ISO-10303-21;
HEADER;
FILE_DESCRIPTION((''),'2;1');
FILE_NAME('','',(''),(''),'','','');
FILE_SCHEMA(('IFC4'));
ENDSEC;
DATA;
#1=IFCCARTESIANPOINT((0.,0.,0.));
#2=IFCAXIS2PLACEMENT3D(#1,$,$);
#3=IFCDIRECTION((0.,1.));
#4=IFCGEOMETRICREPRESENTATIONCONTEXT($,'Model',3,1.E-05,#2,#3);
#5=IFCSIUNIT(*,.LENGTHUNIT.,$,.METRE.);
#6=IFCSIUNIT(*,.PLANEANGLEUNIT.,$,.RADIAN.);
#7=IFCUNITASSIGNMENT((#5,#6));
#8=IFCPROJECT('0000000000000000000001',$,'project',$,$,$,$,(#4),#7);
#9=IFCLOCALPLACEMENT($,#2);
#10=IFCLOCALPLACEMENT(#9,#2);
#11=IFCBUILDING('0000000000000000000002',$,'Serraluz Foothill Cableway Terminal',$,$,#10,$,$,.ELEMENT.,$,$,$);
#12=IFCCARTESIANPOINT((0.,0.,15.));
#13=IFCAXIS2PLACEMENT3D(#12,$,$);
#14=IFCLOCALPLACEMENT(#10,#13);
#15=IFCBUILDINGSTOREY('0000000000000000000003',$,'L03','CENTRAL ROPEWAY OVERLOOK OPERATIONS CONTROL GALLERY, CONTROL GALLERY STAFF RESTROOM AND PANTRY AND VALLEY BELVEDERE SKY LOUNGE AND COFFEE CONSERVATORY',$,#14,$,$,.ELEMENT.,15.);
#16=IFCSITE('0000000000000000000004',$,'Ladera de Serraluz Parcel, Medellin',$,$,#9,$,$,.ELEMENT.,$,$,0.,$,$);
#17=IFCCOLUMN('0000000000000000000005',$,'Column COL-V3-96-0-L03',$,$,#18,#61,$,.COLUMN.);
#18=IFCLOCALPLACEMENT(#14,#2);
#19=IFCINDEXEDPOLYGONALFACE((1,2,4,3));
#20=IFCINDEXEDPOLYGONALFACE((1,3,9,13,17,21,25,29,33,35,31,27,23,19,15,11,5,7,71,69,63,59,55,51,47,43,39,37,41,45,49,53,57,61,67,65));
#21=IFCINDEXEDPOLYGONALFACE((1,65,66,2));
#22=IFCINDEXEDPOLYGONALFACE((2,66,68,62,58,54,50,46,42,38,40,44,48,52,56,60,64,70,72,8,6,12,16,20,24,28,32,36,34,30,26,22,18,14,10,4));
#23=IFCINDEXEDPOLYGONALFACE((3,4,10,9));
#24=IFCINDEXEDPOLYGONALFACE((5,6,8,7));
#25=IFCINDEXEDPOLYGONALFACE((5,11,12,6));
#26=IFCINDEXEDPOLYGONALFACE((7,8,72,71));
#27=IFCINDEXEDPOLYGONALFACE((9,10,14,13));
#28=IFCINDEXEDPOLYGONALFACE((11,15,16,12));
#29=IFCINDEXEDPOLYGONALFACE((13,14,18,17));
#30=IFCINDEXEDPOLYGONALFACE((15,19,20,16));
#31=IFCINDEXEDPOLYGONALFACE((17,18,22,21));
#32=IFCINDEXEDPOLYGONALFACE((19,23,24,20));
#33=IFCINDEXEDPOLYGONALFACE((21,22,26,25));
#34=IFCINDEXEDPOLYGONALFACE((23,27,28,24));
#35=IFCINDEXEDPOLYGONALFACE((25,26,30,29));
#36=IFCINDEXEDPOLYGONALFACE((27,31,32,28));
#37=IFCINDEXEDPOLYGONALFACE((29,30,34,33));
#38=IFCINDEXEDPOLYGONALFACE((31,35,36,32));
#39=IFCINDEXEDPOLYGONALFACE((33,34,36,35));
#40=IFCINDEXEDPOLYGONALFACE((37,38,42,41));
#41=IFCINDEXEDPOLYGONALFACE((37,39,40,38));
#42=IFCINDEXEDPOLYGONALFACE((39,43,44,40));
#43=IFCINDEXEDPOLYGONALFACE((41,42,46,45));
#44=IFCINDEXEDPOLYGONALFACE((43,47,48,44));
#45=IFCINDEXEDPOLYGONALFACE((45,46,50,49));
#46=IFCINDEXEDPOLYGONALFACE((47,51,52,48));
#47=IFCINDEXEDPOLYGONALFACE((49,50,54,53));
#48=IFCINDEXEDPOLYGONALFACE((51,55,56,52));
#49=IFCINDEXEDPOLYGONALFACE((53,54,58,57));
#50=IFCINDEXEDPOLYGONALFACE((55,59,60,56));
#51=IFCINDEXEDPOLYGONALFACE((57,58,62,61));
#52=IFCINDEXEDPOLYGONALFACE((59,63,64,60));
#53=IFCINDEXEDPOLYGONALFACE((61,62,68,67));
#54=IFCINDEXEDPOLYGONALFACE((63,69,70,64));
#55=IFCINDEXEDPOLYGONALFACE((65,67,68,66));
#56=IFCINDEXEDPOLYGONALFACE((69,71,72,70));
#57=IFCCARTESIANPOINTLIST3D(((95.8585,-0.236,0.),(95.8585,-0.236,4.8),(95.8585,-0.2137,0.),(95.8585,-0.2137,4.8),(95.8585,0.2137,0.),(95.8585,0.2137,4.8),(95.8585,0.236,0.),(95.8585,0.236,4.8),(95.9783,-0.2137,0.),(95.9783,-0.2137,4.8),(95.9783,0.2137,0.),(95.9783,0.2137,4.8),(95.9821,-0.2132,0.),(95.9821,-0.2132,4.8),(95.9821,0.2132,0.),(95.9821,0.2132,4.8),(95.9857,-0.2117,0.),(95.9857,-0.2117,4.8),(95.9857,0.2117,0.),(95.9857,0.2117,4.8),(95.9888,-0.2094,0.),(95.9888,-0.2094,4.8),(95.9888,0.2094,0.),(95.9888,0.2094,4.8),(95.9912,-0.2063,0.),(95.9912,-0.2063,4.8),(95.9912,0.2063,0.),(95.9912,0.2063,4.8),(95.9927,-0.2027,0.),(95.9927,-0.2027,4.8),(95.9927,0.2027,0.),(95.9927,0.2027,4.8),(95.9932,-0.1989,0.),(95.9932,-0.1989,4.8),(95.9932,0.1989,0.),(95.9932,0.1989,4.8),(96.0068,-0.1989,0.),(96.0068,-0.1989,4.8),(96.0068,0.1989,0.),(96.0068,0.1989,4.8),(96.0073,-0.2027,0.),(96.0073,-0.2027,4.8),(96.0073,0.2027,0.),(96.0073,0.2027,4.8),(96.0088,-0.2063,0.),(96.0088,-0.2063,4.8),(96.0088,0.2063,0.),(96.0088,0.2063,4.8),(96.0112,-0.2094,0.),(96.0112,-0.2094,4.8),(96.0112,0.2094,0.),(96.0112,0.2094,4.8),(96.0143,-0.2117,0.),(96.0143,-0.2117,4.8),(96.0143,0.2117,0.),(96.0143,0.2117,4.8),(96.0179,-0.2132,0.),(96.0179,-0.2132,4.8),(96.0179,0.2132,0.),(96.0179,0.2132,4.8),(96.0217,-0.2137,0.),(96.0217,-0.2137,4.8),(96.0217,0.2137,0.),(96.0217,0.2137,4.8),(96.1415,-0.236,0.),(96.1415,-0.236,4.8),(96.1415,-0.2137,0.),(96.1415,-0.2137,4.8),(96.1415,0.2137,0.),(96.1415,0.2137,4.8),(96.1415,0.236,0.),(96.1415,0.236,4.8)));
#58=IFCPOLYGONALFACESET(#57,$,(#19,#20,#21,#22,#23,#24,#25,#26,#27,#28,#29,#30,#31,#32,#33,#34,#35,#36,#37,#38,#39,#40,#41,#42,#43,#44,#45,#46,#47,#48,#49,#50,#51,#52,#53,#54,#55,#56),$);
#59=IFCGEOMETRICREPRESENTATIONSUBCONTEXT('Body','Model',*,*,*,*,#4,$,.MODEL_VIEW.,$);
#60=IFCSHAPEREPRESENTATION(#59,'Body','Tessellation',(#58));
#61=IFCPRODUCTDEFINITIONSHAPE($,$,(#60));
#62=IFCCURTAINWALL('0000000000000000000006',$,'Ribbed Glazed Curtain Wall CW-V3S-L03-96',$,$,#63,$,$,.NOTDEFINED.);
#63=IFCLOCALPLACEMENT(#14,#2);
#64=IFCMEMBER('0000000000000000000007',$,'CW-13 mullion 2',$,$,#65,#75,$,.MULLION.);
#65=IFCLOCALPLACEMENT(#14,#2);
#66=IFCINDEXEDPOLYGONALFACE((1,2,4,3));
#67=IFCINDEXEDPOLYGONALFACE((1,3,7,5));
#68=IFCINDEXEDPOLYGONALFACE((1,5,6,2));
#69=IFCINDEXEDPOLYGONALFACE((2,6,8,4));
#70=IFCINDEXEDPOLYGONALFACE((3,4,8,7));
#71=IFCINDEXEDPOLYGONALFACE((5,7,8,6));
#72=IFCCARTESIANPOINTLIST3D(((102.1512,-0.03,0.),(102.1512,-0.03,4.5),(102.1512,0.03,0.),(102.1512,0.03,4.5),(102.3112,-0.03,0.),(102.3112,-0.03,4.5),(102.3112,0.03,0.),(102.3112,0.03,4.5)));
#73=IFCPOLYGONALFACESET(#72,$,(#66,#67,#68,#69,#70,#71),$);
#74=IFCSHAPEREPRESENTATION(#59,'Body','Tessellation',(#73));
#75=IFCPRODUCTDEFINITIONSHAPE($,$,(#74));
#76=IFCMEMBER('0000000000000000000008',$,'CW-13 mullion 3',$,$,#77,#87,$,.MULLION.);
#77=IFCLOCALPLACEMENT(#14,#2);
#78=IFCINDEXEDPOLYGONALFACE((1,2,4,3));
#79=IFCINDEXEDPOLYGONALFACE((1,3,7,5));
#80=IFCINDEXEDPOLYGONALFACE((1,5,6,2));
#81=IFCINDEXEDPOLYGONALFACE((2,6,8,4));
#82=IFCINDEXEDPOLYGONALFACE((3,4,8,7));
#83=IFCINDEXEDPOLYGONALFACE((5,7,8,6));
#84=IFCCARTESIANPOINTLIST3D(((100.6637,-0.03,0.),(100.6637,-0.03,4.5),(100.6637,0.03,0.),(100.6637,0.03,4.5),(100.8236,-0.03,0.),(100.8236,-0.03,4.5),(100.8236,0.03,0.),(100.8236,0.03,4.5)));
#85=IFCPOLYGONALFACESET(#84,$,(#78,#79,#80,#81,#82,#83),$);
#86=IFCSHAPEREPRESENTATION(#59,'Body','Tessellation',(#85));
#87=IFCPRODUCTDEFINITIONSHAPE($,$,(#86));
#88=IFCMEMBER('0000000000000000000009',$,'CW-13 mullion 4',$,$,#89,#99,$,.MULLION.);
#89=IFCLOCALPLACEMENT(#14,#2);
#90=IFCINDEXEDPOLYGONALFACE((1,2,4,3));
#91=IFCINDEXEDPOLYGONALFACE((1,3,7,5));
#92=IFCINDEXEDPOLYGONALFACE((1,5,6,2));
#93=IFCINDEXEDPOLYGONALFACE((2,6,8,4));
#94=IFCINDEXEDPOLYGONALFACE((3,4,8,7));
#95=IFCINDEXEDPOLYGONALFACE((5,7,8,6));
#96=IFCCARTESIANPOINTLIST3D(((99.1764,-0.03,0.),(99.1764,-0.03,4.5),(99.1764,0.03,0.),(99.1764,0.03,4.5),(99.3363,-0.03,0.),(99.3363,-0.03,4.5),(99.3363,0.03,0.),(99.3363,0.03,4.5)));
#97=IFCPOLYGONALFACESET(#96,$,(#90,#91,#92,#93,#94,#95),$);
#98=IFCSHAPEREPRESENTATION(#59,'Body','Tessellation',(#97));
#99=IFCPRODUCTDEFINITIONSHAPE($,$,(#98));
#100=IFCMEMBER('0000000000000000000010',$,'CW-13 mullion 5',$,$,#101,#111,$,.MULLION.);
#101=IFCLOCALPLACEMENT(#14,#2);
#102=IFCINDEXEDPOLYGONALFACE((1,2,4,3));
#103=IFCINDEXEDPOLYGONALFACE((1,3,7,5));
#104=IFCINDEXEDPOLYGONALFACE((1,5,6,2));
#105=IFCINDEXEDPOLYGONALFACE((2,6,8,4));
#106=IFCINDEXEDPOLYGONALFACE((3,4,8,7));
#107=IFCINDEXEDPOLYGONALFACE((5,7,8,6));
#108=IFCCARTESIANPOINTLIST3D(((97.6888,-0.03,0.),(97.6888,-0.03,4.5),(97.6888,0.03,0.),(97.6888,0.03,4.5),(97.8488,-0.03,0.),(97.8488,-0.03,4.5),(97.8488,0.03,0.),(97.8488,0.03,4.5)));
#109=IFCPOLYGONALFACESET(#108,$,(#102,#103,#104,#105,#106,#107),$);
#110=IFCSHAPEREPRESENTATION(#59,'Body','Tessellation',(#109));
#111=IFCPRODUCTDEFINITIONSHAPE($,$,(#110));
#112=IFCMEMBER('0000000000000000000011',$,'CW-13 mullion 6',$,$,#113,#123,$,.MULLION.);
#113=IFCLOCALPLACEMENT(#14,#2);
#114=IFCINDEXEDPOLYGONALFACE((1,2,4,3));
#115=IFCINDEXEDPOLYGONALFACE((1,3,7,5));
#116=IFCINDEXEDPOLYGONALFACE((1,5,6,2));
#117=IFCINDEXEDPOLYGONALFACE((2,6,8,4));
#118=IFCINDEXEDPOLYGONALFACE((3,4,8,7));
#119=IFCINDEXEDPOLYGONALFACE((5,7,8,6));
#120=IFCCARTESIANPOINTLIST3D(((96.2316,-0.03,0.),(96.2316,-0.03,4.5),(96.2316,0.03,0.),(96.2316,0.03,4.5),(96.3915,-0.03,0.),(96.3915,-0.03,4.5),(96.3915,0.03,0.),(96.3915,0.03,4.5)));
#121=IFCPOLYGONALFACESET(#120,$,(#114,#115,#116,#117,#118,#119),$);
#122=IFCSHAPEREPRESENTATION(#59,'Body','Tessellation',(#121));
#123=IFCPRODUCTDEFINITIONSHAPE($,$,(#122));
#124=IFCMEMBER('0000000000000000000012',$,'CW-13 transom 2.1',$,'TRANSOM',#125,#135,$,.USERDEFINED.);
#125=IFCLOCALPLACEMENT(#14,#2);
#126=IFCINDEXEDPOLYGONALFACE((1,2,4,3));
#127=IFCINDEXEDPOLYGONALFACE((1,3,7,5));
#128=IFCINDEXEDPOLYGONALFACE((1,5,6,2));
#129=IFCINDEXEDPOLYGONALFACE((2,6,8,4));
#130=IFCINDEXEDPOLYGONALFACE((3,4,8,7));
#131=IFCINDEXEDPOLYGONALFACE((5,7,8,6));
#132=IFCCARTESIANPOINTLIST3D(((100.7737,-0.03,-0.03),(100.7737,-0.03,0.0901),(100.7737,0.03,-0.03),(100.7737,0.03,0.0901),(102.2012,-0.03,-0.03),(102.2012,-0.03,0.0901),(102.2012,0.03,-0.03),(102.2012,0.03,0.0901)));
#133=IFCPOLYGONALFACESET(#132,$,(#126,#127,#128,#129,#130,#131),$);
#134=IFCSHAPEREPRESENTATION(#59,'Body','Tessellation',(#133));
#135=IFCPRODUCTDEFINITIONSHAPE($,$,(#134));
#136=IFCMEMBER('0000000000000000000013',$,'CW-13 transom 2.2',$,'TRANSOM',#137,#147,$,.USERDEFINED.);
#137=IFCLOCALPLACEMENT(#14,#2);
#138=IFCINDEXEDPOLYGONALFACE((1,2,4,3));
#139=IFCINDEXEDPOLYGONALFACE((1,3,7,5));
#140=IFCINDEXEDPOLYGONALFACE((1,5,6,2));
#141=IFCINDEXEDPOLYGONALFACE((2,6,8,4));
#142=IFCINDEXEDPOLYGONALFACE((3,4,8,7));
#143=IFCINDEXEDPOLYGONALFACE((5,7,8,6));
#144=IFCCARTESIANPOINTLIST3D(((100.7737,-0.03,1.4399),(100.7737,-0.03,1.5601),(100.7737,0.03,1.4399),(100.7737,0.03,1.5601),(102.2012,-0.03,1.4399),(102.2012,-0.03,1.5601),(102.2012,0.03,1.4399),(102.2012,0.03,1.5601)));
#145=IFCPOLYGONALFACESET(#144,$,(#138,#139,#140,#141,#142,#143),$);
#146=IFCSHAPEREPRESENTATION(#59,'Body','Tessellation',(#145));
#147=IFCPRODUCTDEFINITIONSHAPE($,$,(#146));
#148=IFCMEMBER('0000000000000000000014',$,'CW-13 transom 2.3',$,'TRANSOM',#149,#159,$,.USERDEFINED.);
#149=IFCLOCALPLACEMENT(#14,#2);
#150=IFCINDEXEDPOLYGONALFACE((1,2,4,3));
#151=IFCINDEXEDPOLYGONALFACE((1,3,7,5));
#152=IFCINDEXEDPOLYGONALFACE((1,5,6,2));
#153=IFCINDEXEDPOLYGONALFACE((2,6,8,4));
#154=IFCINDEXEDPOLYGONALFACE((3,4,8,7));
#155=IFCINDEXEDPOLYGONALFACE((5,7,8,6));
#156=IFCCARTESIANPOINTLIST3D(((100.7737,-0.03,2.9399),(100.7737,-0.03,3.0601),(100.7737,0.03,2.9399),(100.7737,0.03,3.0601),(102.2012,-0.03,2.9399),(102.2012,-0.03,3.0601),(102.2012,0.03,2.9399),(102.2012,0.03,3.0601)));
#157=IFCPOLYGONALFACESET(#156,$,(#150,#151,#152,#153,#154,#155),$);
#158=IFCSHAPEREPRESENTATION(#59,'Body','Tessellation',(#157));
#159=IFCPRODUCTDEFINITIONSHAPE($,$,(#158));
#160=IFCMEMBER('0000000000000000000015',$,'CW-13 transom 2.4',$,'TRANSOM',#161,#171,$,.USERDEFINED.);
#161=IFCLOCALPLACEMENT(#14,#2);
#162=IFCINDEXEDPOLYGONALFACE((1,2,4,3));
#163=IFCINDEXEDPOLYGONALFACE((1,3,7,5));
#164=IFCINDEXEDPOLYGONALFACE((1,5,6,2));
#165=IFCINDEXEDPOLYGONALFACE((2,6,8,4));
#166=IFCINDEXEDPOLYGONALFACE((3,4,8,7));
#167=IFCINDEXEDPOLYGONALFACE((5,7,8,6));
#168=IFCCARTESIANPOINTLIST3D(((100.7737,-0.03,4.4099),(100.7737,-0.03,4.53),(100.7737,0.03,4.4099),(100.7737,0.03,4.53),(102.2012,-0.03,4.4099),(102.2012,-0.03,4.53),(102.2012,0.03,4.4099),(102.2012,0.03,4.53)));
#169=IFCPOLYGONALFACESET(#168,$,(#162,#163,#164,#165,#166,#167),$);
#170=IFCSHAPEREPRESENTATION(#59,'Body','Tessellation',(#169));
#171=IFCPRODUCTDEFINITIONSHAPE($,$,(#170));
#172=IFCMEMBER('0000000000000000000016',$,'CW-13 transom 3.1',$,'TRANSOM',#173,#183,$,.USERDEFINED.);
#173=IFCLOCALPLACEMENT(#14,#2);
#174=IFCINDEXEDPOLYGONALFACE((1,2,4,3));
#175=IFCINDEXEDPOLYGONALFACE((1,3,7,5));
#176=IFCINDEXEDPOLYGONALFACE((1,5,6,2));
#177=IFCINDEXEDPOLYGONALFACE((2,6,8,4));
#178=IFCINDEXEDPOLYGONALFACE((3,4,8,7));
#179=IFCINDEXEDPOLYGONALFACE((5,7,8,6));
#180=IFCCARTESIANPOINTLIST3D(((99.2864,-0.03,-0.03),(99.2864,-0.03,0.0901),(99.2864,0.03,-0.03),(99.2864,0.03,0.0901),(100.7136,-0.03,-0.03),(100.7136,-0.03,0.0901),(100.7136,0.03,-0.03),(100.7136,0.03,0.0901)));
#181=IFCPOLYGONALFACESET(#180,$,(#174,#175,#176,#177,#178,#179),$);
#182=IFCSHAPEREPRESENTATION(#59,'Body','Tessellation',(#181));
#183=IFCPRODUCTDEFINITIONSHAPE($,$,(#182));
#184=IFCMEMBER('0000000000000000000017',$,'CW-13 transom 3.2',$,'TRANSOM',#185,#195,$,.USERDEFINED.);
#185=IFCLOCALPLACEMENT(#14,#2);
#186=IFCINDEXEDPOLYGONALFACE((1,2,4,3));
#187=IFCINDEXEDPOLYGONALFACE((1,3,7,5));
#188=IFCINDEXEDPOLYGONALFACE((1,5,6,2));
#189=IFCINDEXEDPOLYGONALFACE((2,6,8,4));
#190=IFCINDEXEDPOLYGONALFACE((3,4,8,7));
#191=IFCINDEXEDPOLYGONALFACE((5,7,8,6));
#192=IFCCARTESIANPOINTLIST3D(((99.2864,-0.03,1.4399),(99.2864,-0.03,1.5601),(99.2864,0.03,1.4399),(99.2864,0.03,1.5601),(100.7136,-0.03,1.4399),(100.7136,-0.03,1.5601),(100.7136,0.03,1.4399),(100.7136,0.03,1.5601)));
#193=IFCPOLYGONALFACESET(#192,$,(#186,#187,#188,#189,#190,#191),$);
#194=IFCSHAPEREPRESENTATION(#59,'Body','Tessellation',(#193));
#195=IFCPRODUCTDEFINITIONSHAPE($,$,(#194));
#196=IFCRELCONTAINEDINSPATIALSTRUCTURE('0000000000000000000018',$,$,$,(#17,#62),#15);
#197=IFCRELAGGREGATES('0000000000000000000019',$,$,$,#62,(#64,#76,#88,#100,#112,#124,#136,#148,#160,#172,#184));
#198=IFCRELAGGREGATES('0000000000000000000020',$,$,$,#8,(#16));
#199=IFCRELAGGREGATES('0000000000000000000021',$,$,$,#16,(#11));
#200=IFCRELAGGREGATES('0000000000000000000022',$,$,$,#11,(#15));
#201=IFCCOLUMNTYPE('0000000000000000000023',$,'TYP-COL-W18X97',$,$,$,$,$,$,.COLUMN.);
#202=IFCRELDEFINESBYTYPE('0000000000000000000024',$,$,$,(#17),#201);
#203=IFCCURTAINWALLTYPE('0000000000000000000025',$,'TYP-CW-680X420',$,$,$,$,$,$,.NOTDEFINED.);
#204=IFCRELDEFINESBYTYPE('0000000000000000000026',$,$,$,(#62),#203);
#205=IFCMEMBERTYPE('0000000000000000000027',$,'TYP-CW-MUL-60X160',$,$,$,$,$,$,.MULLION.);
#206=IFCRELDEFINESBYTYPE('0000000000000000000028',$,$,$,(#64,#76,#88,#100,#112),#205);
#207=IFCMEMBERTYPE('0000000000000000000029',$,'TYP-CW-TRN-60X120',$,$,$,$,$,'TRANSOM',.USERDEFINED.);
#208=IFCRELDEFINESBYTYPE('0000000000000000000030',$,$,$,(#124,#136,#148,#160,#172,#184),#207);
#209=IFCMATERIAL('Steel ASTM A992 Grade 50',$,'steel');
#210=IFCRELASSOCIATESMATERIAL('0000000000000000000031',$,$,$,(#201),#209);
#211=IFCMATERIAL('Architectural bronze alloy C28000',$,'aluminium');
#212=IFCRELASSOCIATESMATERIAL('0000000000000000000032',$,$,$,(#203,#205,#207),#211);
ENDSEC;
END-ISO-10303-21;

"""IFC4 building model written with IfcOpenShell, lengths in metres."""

from ifc_helpers import new_model, si_unit, direction, frame, origin, origin_2d, place, context, subcontext, project, spatial, rectangle, i_section, extrude, material, material_profile, profile_set, type_object, element, aggregate, save


model = new_model("IFC4")

# Units and contexts
model_context = context("Model", 3, precision=1e-05, world=origin(), true_north=direction((0.0, 1.0)))
body_context = subcontext(model_context, "Body", "Model", "MODEL_VIEW")
ifc_project = project(units=[si_unit("LENGTHUNIT", "METRE"), si_unit("PLANEANGLEUNIT", "RADIAN")], contexts=[model_context])

# Site, building, storey
site_placement = place(None, origin())
site = spatial("IfcSite", under=ifc_project, at=site_placement, Name="Ladera de Serraluz Parcel, Medellin", CompositionType="ELEMENT", RefElevation=0.0)
building_placement = place(site_placement, origin())
building = spatial("IfcBuilding", under=site, at=building_placement, Name="Serraluz Foothill Cableway Terminal", CompositionType="ELEMENT")
storey_placement = place(building_placement, frame((0.0, 0.0, 15.0)))
storey = spatial("IfcBuildingStorey", under=building, at=storey_placement, Name="L03", Description="CENTRAL ROPEWAY OVERLOOK OPERATIONS CONTROL GALLERY, CONTROL GALLERY STAFF RESTROOM AND PANTRY AND VALLEY BELVEDERE SKY LOUNGE AND COFFEE CONSERVATORY", CompositionType="ELEMENT", Elevation=15.0)

# Column
ifc_material_1 = material(Name="Steel ASTM A992 Grade 50", Category="steel")
ifc_material_profile_1 = material_profile(ifc_material_1, i_section(OverallWidth=0.283, OverallDepth=0.4719, WebThickness=0.0137, FlangeThickness=0.0222, FilletRadius=0.0149, at=origin_2d()), Name="W18X97")
ifc_profile_set_1 = profile_set([ifc_material_profile_1], Name="Steel ASTM A992 Grade 50")
column_type = type_object("IfcColumnType", Name="TYP-COL-W18X97", PredefinedType="COLUMN", material=ifc_profile_set_1)
column_placement = place(storey_placement, frame((96.0, 0.0, 0.0), z_axis=(0.0, 0.0, 1.0), x_axis=(1.0, 0.0, 0.0)))
element("IfcColumn", 1, at=column_placement, inside=storey, type_object=column_type, Name="Column COL-V3-96-0-L03", PredefinedType="COLUMN", context=body_context, shape_type="SweptSolid", body=[
    extrude(i_section(OverallWidth=0.283, OverallDepth=0.4719, WebThickness=0.0137, FlangeThickness=0.0222, FilletRadius=0.0149, at=origin_2d()), origin(), (0.0, 0.0, 1.0), 4.8),
])

# Curtain wall, members
ifc_material_2 = material(Name="Architectural bronze alloy C28000", Category="aluminium")
curtain_wall_type = type_object("IfcCurtainWallType", Name="TYP-CW-680X420", PredefinedType="NOTDEFINED", material=ifc_material_2)
curtain_wall_placement = place(storey_placement, origin())
curtain_wall = element("IfcCurtainWall", 2, at=curtain_wall_placement, inside=storey, type_object=curtain_wall_type, Name="Ribbed Glazed Curtain Wall CW-V3S-L03-96", PredefinedType="NOTDEFINED")
ifc_material_profile_2 = material_profile(ifc_material_2, rectangle(XDim=0.0601, YDim=0.1599, at=origin_2d()), Name="ALU MULLION 60x160")
ifc_profile_set_2 = profile_set([ifc_material_profile_2], Name="Architectural bronze alloy C28000")
member_type_1 = type_object("IfcMemberType", Name="TYP-CW-MUL-60X160", PredefinedType="MULLION", material=ifc_profile_set_2)
member_1_placement = place(storey_placement, frame((102.2312, 0.0, 0.0), z_axis=(0.0, 0.0, 1.0), x_axis=(0.0, -1.0, 0.0)))
member_1 = element("IfcMember", 3, at=member_1_placement, type_object=member_type_1, Name="CW-13 mullion 2", PredefinedType="MULLION", context=body_context, shape_type="SweptSolid", body=[
    extrude(rectangle(XDim=0.0601, YDim=0.1599, at=origin_2d()), origin(), (0.0, 0.0, 1.0), 4.5),
])
member_2_placement = place(storey_placement, frame((100.7437, 0.0, 0.0), z_axis=(0.0, 0.0, 1.0), x_axis=(0.0, -1.0, 0.0)))
member_2 = element("IfcMember", 4, at=member_2_placement, type_object=member_type_1, Name="CW-13 mullion 3", PredefinedType="MULLION", context=body_context, shape_type="SweptSolid", body=[
    extrude(rectangle(XDim=0.0601, YDim=0.1599, at=origin_2d()), origin(), (0.0, 0.0, 1.0), 4.5),
])
member_3_placement = place(storey_placement, frame((99.2563, 0.0, 0.0), z_axis=(0.0, 0.0, 1.0), x_axis=(0.0, -1.0, 0.0)))
member_3 = element("IfcMember", 5, at=member_3_placement, type_object=member_type_1, Name="CW-13 mullion 4", PredefinedType="MULLION", context=body_context, shape_type="SweptSolid", body=[
    extrude(rectangle(XDim=0.0601, YDim=0.1599, at=origin_2d()), origin(), (0.0, 0.0, 1.0), 4.5),
])
member_4_placement = place(storey_placement, frame((97.7688, 0.0, 0.0), z_axis=(0.0, 0.0, 1.0), x_axis=(0.0, -1.0, 0.0)))
member_4 = element("IfcMember", 6, at=member_4_placement, type_object=member_type_1, Name="CW-13 mullion 5", PredefinedType="MULLION", context=body_context, shape_type="SweptSolid", body=[
    extrude(rectangle(XDim=0.0601, YDim=0.1599, at=origin_2d()), origin(), (0.0, 0.0, 1.0), 4.5),
])
member_5_placement = place(storey_placement, frame((96.3115, 0.0, 0.0), z_axis=(0.0, 0.0, 1.0), x_axis=(0.0, -1.0, 0.0)))
member_5 = element("IfcMember", 7, at=member_5_placement, type_object=member_type_1, Name="CW-13 mullion 6", PredefinedType="MULLION", context=body_context, shape_type="SweptSolid", body=[
    extrude(rectangle(XDim=0.0601, YDim=0.1599, at=origin_2d()), origin(), (0.0, 0.0, 1.0), 4.5),
])
ifc_material_profile_3 = material_profile(ifc_material_2, rectangle(XDim=0.0601, YDim=0.1201, at=origin_2d()), Name="ALU TRANSOM 60x120")
ifc_profile_set_3 = profile_set([ifc_material_profile_3], Name="Architectural bronze alloy C28000")
member_type_2 = type_object("IfcMemberType", Name="TYP-CW-TRN-60X120", ElementType="TRANSOM", PredefinedType="USERDEFINED", material=ifc_profile_set_3)
member_6_placement = place(storey_placement, frame((102.2012, 0.0, 0.03), z_axis=(-1.0, 0.0, 0.0), x_axis=(0.0, -1.0, 0.0)))
member_6 = element("IfcMember", 8, at=member_6_placement, type_object=member_type_2, Name="CW-13 transom 2.1", ObjectType="TRANSOM", PredefinedType="USERDEFINED", context=body_context, shape_type="SweptSolid", body=[
    extrude(rectangle(XDim=0.0601, YDim=0.1201, at=origin_2d()), origin(), (0.0, 0.0, 1.0), 1.4275),
])
member_7_placement = place(storey_placement, frame((102.2012, 0.0, 1.5), z_axis=(-1.0, 0.0, 0.0), x_axis=(0.0, -1.0, 0.0)))
member_7 = element("IfcMember", 9, at=member_7_placement, type_object=member_type_2, Name="CW-13 transom 2.2", ObjectType="TRANSOM", PredefinedType="USERDEFINED", context=body_context, shape_type="SweptSolid", body=[
    extrude(rectangle(XDim=0.0601, YDim=0.1201, at=origin_2d()), origin(), (0.0, 0.0, 1.0), 1.4275),
])
member_8_placement = place(storey_placement, frame((102.2012, 0.0, 3.0), z_axis=(-1.0, 0.0, 0.0), x_axis=(0.0, -1.0, 0.0)))
member_8 = element("IfcMember", 10, at=member_8_placement, type_object=member_type_2, Name="CW-13 transom 2.3", ObjectType="TRANSOM", PredefinedType="USERDEFINED", context=body_context, shape_type="SweptSolid", body=[
    extrude(rectangle(XDim=0.0601, YDim=0.1201, at=origin_2d()), origin(), (0.0, 0.0, 1.0), 1.4275),
])
member_9_placement = place(storey_placement, frame((102.2012, 0.0, 4.47), z_axis=(-1.0, 0.0, 0.0), x_axis=(0.0, -1.0, 0.0)))
member_9 = element("IfcMember", 11, at=member_9_placement, type_object=member_type_2, Name="CW-13 transom 2.4", ObjectType="TRANSOM", PredefinedType="USERDEFINED", context=body_context, shape_type="SweptSolid", body=[
    extrude(rectangle(XDim=0.0601, YDim=0.1201, at=origin_2d()), origin(), (0.0, 0.0, 1.0), 1.4275),
])
member_10_placement = place(storey_placement, frame((100.7136, 0.0, 0.03), z_axis=(-1.0, 0.0, 0.0), x_axis=(0.0, -1.0, 0.0)))
member_10 = element("IfcMember", 12, at=member_10_placement, type_object=member_type_2, Name="CW-13 transom 3.1", ObjectType="TRANSOM", PredefinedType="USERDEFINED", context=body_context, shape_type="SweptSolid", body=[
    extrude(rectangle(XDim=0.0601, YDim=0.1201, at=origin_2d()), origin(), (0.0, 0.0, 1.0), 1.4272),
])
member_11_placement = place(storey_placement, frame((100.7136, 0.0, 1.5), z_axis=(-1.0, 0.0, 0.0), x_axis=(0.0, -1.0, 0.0)))
member_11 = element("IfcMember", 13, at=member_11_placement, type_object=member_type_2, Name="CW-13 transom 3.2", ObjectType="TRANSOM", PredefinedType="USERDEFINED", context=body_context, shape_type="SweptSolid", body=[
    extrude(rectangle(XDim=0.0601, YDim=0.1201, at=origin_2d()), origin(), (0.0, 0.0, 1.0), 1.4272),
])
aggregate(curtain_wall, [member_1, member_2, member_3, member_4, member_5, member_6, member_7, member_8, member_9, member_10, member_11])

save(model, "model.ifc")
